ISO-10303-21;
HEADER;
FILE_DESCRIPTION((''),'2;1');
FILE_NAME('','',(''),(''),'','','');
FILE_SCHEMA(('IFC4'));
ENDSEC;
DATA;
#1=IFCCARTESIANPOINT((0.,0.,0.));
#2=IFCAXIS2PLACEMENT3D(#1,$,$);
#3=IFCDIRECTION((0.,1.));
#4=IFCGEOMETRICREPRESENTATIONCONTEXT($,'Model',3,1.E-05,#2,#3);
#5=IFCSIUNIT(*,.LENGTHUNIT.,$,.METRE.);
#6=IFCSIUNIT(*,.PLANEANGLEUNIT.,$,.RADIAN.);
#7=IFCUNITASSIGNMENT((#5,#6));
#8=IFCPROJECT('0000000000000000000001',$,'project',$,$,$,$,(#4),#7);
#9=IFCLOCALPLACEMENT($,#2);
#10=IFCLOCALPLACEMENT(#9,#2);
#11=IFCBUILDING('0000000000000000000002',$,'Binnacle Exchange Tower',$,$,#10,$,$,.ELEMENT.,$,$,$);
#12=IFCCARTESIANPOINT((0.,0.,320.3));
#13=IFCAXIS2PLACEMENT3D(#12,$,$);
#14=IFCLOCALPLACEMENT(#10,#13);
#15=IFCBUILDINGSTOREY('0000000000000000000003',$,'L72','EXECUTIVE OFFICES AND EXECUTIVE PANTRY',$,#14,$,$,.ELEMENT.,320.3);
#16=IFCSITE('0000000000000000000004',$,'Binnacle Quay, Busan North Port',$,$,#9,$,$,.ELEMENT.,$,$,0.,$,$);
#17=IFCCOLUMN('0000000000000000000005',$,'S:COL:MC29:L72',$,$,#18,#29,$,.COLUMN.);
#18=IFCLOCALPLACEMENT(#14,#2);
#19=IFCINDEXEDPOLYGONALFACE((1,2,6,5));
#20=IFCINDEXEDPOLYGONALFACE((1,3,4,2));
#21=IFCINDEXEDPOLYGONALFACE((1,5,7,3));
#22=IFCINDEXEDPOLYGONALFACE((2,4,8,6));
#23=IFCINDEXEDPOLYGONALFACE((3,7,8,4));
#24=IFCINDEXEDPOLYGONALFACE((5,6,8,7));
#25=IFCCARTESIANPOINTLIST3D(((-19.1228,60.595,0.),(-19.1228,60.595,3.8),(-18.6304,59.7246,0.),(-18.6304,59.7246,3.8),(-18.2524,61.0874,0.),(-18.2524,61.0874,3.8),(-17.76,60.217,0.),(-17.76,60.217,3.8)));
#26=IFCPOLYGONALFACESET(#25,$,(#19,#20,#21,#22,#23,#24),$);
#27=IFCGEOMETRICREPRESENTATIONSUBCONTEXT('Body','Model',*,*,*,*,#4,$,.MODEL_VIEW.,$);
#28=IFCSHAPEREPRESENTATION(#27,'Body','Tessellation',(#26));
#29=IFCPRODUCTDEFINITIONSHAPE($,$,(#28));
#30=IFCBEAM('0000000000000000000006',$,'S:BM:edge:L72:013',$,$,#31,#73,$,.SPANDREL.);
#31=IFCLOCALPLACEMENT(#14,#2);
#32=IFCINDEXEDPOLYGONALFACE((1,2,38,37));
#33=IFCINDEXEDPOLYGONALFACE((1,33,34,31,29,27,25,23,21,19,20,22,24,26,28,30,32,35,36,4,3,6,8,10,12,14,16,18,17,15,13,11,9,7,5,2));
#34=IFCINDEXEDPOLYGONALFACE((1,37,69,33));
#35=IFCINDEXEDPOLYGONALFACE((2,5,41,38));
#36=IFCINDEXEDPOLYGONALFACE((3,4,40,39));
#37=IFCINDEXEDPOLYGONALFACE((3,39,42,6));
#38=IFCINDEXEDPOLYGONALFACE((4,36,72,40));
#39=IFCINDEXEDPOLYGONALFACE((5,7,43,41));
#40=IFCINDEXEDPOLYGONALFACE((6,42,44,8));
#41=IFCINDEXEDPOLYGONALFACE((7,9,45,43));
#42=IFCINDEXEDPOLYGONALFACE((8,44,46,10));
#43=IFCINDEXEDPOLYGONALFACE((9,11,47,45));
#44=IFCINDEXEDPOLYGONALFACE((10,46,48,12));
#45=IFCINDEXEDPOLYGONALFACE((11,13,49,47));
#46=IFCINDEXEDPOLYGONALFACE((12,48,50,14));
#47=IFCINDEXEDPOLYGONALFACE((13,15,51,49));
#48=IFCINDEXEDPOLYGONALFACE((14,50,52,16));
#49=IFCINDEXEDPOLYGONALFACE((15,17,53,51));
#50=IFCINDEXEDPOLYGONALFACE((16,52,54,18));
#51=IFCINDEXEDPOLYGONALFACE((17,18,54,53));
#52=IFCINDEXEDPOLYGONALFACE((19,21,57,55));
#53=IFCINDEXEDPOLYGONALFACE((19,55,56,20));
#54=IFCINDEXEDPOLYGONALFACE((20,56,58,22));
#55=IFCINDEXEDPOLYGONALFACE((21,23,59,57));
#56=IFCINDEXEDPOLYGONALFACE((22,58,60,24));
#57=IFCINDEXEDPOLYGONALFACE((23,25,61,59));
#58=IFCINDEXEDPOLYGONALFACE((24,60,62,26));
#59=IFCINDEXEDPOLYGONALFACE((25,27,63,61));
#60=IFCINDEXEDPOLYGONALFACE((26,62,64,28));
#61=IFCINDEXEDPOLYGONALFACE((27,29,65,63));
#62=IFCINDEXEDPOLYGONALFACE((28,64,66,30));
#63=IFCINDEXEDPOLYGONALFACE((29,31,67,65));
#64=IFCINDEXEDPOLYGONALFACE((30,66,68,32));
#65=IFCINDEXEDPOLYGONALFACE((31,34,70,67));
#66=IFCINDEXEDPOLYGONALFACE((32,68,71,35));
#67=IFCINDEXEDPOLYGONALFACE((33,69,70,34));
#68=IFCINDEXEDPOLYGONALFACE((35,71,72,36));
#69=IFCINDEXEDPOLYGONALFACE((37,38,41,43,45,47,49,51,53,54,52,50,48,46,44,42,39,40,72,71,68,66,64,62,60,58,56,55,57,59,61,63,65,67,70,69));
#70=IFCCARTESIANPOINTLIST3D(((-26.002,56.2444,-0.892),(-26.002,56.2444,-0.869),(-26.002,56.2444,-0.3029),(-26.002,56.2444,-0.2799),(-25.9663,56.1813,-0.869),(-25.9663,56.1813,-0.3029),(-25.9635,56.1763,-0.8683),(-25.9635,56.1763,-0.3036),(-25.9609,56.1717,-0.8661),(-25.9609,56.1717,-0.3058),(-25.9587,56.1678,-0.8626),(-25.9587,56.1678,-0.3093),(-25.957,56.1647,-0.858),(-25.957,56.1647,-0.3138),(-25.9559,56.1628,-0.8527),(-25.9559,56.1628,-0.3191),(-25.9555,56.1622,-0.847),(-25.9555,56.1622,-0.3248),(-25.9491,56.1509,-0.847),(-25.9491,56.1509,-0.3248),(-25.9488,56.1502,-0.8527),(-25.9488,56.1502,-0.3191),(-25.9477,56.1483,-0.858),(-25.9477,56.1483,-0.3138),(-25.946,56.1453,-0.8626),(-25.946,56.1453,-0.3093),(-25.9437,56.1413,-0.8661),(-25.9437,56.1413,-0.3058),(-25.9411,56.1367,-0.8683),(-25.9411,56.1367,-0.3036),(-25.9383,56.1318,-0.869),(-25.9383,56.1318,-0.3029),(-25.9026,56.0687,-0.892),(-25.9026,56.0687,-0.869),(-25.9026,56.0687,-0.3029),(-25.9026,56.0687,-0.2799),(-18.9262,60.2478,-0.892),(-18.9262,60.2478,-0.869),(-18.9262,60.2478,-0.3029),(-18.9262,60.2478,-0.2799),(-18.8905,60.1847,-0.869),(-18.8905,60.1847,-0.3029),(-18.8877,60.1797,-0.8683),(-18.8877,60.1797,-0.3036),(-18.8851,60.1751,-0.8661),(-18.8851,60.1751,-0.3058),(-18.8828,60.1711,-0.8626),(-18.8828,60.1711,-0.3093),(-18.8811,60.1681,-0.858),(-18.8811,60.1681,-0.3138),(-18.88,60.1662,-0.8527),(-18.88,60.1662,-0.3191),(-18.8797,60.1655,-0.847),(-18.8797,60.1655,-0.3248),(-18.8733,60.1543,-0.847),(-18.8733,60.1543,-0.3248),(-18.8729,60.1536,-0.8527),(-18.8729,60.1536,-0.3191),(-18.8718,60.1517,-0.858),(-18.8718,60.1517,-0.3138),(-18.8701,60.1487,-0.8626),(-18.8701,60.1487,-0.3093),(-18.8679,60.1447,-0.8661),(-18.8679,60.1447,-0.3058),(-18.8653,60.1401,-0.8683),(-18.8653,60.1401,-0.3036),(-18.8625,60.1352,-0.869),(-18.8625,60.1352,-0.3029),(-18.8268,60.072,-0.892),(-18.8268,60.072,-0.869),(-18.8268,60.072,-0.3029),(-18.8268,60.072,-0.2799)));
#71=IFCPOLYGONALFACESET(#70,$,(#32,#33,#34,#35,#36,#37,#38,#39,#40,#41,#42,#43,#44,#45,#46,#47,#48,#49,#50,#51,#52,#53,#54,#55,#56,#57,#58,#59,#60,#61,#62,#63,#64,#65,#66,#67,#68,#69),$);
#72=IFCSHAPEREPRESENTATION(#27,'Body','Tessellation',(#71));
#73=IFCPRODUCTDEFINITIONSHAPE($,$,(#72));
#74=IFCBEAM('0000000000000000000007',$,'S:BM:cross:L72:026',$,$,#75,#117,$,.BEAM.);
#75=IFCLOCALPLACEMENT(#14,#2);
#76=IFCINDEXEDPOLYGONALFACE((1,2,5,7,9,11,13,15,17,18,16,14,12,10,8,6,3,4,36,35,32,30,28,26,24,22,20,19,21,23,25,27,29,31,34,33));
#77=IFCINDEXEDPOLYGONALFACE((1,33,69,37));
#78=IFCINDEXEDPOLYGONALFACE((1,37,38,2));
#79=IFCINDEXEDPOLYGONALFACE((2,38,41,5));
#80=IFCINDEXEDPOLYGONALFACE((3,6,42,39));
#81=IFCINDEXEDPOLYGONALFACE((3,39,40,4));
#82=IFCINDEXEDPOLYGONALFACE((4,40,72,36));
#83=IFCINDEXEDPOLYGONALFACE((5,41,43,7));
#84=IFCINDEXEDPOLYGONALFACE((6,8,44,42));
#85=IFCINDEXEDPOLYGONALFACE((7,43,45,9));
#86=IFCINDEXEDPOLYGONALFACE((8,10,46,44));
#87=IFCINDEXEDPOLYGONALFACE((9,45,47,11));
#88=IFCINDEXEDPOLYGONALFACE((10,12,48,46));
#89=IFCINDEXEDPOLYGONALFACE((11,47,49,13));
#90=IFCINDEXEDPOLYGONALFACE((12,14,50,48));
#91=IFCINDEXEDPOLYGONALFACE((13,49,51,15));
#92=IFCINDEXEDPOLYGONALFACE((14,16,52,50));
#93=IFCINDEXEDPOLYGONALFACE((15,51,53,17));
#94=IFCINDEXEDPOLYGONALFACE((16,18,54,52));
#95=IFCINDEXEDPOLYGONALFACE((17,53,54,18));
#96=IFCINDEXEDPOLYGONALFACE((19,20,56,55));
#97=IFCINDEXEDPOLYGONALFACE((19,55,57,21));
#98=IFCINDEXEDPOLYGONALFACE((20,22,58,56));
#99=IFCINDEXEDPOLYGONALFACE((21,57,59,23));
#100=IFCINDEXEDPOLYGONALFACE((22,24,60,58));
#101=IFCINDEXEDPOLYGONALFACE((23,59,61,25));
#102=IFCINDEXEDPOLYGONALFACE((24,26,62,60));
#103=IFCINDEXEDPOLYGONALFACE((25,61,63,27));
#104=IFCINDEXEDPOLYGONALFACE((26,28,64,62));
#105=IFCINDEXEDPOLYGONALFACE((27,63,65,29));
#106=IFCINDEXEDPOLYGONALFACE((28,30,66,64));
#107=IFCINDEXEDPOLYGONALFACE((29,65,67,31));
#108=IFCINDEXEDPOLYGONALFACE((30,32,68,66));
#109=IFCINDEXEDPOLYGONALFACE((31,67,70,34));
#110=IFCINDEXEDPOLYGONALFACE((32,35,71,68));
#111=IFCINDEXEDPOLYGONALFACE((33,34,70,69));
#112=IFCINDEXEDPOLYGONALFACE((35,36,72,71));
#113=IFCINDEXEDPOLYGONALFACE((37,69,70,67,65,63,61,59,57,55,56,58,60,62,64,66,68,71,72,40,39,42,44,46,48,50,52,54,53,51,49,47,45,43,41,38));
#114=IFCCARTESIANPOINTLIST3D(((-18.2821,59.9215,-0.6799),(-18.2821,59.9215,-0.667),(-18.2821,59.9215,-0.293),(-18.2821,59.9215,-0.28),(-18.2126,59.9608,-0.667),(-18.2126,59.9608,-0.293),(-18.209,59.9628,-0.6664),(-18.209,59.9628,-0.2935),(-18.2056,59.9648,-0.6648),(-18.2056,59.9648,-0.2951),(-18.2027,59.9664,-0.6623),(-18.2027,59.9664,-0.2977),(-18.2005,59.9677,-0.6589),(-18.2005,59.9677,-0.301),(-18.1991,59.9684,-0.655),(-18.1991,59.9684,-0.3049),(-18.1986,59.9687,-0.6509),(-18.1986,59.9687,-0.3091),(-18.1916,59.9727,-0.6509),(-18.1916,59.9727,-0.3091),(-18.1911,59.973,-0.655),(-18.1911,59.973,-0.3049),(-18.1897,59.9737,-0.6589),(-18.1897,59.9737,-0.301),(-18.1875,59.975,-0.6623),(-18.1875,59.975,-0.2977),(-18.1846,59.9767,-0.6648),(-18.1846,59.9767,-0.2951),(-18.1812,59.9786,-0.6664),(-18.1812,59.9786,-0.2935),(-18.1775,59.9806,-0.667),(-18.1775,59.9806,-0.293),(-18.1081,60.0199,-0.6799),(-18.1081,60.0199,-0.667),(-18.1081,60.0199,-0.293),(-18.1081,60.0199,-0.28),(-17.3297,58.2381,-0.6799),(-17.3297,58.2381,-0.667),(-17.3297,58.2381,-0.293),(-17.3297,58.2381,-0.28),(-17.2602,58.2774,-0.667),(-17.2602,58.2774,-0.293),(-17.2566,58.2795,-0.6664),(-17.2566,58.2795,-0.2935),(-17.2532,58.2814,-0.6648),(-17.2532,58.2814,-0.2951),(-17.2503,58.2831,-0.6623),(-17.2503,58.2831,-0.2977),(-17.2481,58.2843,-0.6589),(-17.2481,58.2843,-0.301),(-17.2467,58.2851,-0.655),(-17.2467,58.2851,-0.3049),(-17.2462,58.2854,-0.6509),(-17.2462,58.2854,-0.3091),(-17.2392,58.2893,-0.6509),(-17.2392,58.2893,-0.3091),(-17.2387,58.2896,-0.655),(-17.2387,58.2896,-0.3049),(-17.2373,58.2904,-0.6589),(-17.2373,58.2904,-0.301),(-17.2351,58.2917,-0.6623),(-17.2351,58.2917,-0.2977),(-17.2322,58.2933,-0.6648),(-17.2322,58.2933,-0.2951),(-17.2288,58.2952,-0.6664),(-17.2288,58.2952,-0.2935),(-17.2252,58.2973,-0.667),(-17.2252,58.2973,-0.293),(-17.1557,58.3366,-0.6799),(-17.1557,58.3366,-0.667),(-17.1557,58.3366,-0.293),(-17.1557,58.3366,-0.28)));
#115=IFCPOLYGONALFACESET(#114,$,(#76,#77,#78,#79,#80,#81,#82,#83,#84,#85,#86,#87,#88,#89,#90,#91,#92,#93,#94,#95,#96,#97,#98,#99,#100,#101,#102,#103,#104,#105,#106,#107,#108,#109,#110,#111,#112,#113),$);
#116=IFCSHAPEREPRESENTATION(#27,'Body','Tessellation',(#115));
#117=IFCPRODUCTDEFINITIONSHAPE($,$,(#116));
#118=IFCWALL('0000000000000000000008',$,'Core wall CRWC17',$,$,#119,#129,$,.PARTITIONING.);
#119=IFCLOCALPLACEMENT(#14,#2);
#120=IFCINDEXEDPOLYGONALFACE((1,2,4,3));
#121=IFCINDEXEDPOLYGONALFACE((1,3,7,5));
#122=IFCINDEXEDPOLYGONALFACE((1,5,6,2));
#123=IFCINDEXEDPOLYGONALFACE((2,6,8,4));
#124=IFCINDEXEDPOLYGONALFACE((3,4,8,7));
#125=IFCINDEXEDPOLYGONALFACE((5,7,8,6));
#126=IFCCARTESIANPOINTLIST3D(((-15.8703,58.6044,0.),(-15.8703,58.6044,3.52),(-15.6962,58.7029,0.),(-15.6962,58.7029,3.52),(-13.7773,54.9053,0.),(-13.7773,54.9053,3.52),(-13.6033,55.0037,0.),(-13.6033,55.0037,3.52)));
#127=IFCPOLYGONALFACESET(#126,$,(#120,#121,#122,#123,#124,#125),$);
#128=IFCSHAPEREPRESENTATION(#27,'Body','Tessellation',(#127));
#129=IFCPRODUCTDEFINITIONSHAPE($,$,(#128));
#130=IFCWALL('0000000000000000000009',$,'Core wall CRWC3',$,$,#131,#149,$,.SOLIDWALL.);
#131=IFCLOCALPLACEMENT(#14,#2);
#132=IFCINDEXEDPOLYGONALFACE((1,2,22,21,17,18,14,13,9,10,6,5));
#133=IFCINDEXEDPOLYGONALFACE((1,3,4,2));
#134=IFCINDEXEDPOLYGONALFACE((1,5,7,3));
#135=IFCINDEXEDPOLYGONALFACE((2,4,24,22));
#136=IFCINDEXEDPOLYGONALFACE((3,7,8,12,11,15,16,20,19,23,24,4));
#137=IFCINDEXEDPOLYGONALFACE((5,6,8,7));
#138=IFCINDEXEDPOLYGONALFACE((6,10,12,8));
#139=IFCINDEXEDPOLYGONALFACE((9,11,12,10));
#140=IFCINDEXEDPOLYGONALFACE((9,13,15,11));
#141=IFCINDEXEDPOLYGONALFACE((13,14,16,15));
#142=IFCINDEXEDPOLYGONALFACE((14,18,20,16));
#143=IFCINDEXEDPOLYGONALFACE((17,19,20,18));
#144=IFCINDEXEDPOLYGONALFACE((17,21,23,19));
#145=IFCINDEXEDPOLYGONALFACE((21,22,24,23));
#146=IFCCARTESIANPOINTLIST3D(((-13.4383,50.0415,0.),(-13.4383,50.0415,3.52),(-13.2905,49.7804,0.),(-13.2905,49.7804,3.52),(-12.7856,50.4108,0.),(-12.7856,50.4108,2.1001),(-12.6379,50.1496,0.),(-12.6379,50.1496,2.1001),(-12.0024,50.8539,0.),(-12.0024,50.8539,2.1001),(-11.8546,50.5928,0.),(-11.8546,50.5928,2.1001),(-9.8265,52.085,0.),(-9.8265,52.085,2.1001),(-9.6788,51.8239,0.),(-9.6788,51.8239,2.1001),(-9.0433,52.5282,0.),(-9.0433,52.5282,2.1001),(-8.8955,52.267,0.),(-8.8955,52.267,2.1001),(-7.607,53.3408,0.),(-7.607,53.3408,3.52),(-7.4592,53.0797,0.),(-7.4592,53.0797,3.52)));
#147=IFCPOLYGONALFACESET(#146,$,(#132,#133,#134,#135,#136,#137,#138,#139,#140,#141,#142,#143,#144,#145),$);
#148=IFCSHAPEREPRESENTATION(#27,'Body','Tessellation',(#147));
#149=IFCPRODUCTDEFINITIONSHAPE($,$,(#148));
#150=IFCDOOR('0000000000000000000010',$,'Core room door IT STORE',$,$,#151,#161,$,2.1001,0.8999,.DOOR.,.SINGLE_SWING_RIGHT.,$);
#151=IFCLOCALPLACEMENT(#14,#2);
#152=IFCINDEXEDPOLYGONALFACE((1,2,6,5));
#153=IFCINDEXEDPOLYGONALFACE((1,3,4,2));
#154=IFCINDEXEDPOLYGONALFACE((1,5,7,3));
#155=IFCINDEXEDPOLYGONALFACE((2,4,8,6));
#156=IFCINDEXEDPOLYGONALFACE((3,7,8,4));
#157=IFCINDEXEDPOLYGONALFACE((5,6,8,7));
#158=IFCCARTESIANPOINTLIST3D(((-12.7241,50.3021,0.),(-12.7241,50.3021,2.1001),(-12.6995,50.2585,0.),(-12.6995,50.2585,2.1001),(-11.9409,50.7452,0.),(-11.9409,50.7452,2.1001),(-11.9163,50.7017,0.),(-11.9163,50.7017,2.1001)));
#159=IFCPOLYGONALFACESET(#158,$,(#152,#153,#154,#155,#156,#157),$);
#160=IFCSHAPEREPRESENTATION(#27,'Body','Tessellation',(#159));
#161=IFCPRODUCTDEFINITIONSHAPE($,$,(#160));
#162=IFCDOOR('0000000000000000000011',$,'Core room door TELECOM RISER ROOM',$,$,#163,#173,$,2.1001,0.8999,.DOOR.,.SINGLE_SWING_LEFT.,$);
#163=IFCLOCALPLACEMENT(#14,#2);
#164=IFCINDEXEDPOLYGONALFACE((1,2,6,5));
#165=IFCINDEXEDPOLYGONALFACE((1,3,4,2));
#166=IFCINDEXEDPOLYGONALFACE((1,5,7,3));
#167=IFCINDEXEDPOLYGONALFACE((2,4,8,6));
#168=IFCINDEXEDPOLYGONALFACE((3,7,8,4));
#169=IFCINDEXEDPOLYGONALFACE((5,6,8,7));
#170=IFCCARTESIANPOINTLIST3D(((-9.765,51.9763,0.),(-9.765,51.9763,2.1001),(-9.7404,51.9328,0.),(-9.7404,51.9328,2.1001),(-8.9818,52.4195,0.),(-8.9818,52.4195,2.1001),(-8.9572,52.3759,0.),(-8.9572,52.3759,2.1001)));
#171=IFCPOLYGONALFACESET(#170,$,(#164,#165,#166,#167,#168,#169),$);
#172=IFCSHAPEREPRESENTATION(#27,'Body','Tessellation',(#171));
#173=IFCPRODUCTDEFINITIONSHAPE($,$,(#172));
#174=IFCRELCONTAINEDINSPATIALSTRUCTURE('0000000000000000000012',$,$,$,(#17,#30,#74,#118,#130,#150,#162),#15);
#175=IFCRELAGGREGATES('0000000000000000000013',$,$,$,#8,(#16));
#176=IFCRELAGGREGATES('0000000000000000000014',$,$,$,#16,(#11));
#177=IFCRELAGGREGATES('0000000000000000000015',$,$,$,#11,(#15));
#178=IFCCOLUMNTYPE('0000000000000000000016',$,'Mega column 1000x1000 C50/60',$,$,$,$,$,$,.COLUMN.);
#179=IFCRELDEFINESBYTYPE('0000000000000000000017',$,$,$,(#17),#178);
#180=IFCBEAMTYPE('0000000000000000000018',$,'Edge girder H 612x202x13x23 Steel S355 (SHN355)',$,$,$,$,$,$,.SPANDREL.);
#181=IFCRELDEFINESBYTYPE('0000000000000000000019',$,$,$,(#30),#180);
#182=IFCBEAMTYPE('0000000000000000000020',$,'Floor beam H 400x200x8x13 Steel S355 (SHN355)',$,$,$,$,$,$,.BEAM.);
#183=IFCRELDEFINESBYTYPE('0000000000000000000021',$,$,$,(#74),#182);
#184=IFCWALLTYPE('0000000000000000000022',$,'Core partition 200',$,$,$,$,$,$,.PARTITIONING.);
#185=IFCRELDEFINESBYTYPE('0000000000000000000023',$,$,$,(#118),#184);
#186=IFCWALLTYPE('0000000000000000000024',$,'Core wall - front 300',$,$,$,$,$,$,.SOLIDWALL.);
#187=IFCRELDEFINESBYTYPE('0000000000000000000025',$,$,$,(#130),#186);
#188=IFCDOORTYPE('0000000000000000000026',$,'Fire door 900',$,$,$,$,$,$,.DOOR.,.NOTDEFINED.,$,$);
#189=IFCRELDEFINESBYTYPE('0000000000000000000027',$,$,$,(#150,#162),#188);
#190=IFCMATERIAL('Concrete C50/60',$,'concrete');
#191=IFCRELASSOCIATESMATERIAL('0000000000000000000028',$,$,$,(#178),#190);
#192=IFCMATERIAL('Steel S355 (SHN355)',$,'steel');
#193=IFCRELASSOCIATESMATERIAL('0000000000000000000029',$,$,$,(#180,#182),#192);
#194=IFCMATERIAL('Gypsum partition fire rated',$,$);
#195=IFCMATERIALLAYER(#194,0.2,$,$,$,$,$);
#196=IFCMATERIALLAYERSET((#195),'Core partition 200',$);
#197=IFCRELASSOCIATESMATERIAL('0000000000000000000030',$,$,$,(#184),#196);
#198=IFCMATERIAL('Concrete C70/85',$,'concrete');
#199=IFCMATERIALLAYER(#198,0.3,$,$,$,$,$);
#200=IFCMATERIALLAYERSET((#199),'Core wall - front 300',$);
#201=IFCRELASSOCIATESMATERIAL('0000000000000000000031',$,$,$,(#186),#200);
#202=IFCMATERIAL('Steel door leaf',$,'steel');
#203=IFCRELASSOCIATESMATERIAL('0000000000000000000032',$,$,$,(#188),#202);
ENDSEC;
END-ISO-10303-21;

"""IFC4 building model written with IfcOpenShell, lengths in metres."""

from ifc_helpers import new_model, si_unit, direction, frame, frame_2d, origin, origin_2d, place, context, subcontext, project, spatial, rectangle, i_section, extrude, material, layer, layer_set, material_profile, profile_set, type_object, element, fill, save


model = new_model("IFC4")

# Units and contexts
model_context = context("Model", 3, precision=1e-05, world=origin(), true_north=direction((0.0, 1.0)))
body_context = subcontext(model_context, "Body", "Model", "MODEL_VIEW")
ifc_project = project(units=[si_unit("LENGTHUNIT", "METRE"), si_unit("PLANEANGLEUNIT", "RADIAN")], contexts=[model_context])

# Site, building, storey
site_placement = place(None, origin())
site = spatial("IfcSite", under=ifc_project, at=site_placement, Name="Binnacle Quay, Busan North Port", CompositionType="ELEMENT", RefElevation=0.0)
building_placement = place(site_placement, origin())
building = spatial("IfcBuilding", under=site, at=building_placement, Name="Binnacle Exchange Tower", CompositionType="ELEMENT")
storey_placement = place(building_placement, frame((0.0, 0.0, 320.3)))
storey = spatial("IfcBuildingStorey", under=building, at=storey_placement, Name="L72", Description="EXECUTIVE OFFICES AND EXECUTIVE PANTRY", CompositionType="ELEMENT", Elevation=320.3)

# Column
ifc_material_1 = material(Name="Concrete C50/60", Category="concrete")
ifc_material_profile_1 = material_profile(ifc_material_1, rectangle(XDim=1.0, YDim=1.0, at=origin_2d()), Name="Mega column 1000x1000 C50/60")
ifc_profile_set_1 = profile_set([ifc_material_profile_1], Name="Concrete C50/60")
column_type = type_object("IfcColumnType", Name="Mega column 1000x1000 C50/60", PredefinedType="COLUMN", material=ifc_profile_set_1)
column_placement = place(storey_placement, frame((-18.4414, 60.406, 0.0), z_axis=(0.0, 0.0, 1.0), x_axis=(-0.870356, -0.492424, 0.0)))
element("IfcColumn", 1, at=column_placement, inside=storey, type_object=column_type, Name="S:COL:MC29:L72", PredefinedType="COLUMN", context=body_context, shape_type="SweptSolid", body=[
    extrude(rectangle(XDim=1.0, YDim=1.0, at=origin_2d()), origin(), (0.0, 0.0, 1.0), 3.8),
])

# Beams
ifc_material_2 = material(Name="Steel S355 (SHN355)", Category="steel")
ifc_material_profile_2 = material_profile(ifc_material_2, i_section(OverallWidth=0.2019, OverallDepth=0.6121, WebThickness=0.0129, FlangeThickness=0.0229, FilletRadius=0.022, at=origin_2d()), Name="H 612x202x13x23")
ifc_profile_set_2 = profile_set([ifc_material_profile_2], Name="Steel S355 (SHN355)")
beam_type_1 = type_object("IfcBeamType", Name="Edge girder H 612x202x13x23 Steel S355 (SHN355)", PredefinedType="SPANDREL", material=ifc_profile_set_2)
beam_1_placement = place(storey_placement, frame((-18.8765, 60.1599, -0.5859), z_axis=(-0.870353, -0.492428, 0.0), x_axis=(0.492428, -0.870353, 0.0)))
element("IfcBeam", 2, at=beam_1_placement, inside=storey, type_object=beam_type_1, Name="S:BM:edge:L72:013", PredefinedType="SPANDREL", context=body_context, shape_type="SweptSolid", body=[
    extrude(i_section(OverallWidth=0.2019, OverallDepth=0.6121, WebThickness=0.0129, FlangeThickness=0.0229, FilletRadius=0.022, at=origin_2d()), origin(), (0.0, 0.0, 1.0), 8.1299),
])
ifc_material_profile_3 = material_profile(ifc_material_2, i_section(OverallWidth=0.2, OverallDepth=0.3999, WebThickness=0.0081, FlangeThickness=0.0129, FilletRadius=0.0161, at=origin_2d()), Name="H 400x200x8x13")
ifc_profile_set_3 = profile_set([ifc_material_profile_3], Name="Steel S355 (SHN355)")
beam_type_2 = type_object("IfcBeamType", Name="Floor beam H 400x200x8x13 Steel S355 (SHN355)", PredefinedType="BEAM", material=ifc_profile_set_3)
beam_2_placement = place(storey_placement, frame((-18.1951, 59.9707, -0.48), z_axis=(0.492423, -0.870356, 0.0), x_axis=(0.870356, 0.492423, 0.0)))
element("IfcBeam", 3, at=beam_2_placement, inside=storey, type_object=beam_type_2, Name="S:BM:cross:L72:026", PredefinedType="BEAM", context=body_context, shape_type="SweptSolid", body=[
    extrude(i_section(OverallWidth=0.2, OverallDepth=0.3999, WebThickness=0.0081, FlangeThickness=0.0129, FilletRadius=0.0161, at=origin_2d()), origin(), (0.0, 0.0, 1.0), 1.9341),
])

# Wall
ifc_material_3 = material(Name="Gypsum partition fire rated")
ifc_layer_1 = layer(ifc_material_3, 0.2)
ifc_layer_set_1 = layer_set([ifc_layer_1], Name="Core partition 200")
wall_type_1 = type_object("IfcWallType", Name="Core partition 200", PredefinedType="PARTITIONING", material=ifc_layer_set_1)
wall_1_placement = place(storey_placement, frame((-15.7832, 58.6536, 0.0), z_axis=(0.0, 0.0, 1.0), x_axis=(0.492441, -0.870346, 0.0)))
element("IfcWall", 4, at=wall_1_placement, inside=storey, type_object=wall_type_1, Name="Core wall CRWC17", PredefinedType="PARTITIONING", context=body_context, shape_type="SweptSolid", body=[
    extrude(rectangle(XDim=4.2502, YDim=0.2, at=frame_2d((2.125, 0.0))), origin(), (0.0, 0.0, 1.0), 3.52),
])

# Wall, openings, doors
ifc_material_4 = material(Name="Concrete C70/85", Category="concrete")
ifc_layer_2 = layer(ifc_material_4, 0.3)
ifc_layer_set_2 = layer_set([ifc_layer_2], Name="Core wall - front 300")
wall_type_2 = type_object("IfcWallType", Name="Core wall - front 300", PredefinedType="SOLIDWALL", material=ifc_layer_set_2)
wall_2_placement = place(storey_placement, frame((-13.3645, 49.9109, 0.0), z_axis=(0.0, 0.0, 1.0), x_axis=(0.870348, 0.492438, 0.0)))
wall_2 = element("IfcWall", 5, at=wall_2_placement, inside=storey, type_object=wall_type_2, Name="Core wall CRWC3", PredefinedType="SOLIDWALL", context=body_context, shape_type="SweptSolid", body=[
    extrude(rectangle(XDim=6.7, YDim=0.3, at=frame_2d((3.3501, 0.0))), origin(), (0.0, 0.0, 1.0), 3.52),
])
opening_1_placement = place(wall_2_placement, frame((0.75, 0.0, 0.0)))
opening_1 = element("IfcOpeningElement", 6, at=opening_1_placement, cuts=wall_2, PredefinedType="OPENING", context=body_context, shape_type="SweptSolid", body=[
    extrude(rectangle(XDim=0.8999, YDim=2.1001, at=frame_2d((0.45, 1.05))), frame((0.0, 0.1599, 0.0), z_axis=(0.0, -1.0, 0.0), x_axis=(1.0, 0.0, 0.0)), (0.0, 0.0, 1.0), 0.3201),
])
opening_2_placement = place(wall_2_placement, frame((4.1499, 0.0, 0.0)))
opening_2 = element("IfcOpeningElement", 7, at=opening_2_placement, cuts=wall_2, PredefinedType="OPENING", context=body_context, shape_type="SweptSolid", body=[
    extrude(rectangle(XDim=0.8999, YDim=2.1001, at=frame_2d((0.45, 1.05))), frame((0.0, 0.1599, 0.0), z_axis=(0.0, -1.0, 0.0), x_axis=(1.0, 0.0, 0.0)), (0.0, 0.0, 1.0), 0.3201),
])
ifc_material_5 = material(Name="Steel door leaf", Category="steel")
door_type_1 = type_object("IfcDoorType", Name="Fire door 900", OperationType="NOTDEFINED", PredefinedType="DOOR", material=ifc_material_5)
door_1_placement = place(opening_1_placement, frame((0.8999, 0.0, 0.0), z_axis=(0.0, 0.0, 1.0), x_axis=(-1.0, 0.0, 0.0)))
door_1 = element("IfcDoor", 8, at=door_1_placement, inside=storey, type_object=door_type_1, Name="Core room door IT STORE", OperationType="SINGLE_SWING_RIGHT", OverallHeight=2.1001, OverallWidth=0.8999, PredefinedType="DOOR", context=body_context, shape_type="SweptSolid", body=[
    extrude(rectangle(XDim=0.8999, YDim=2.1001, at=frame_2d((0.45, 1.05))), frame((0.0, 0.0249, 0.0), z_axis=(0.0, -1.0, 0.0), x_axis=(1.0, 0.0, 0.0)), (0.0, 0.0, 1.0), 0.05),
])
fill(opening_1, door_1)
door_2_placement = place(opening_2_placement, frame((0.8999, 0.0, 0.0), z_axis=(0.0, 0.0, 1.0), x_axis=(-1.0, 0.0, 0.0)))
door_2 = element("IfcDoor", 9, at=door_2_placement, inside=storey, type_object=door_type_1, Name="Core room door TELECOM RISER ROOM", OperationType="SINGLE_SWING_LEFT", OverallHeight=2.1001, OverallWidth=0.8999, PredefinedType="DOOR", context=body_context, shape_type="SweptSolid", body=[
    extrude(rectangle(XDim=0.8999, YDim=2.1001, at=frame_2d((0.45, 1.05))), frame((0.0, 0.0249, 0.0), z_axis=(0.0, -1.0, 0.0), x_axis=(1.0, 0.0, 0.0)), (0.0, 0.0, 1.0), 0.05),
])
fill(opening_2, door_2)

save(model, "model.ifc")
